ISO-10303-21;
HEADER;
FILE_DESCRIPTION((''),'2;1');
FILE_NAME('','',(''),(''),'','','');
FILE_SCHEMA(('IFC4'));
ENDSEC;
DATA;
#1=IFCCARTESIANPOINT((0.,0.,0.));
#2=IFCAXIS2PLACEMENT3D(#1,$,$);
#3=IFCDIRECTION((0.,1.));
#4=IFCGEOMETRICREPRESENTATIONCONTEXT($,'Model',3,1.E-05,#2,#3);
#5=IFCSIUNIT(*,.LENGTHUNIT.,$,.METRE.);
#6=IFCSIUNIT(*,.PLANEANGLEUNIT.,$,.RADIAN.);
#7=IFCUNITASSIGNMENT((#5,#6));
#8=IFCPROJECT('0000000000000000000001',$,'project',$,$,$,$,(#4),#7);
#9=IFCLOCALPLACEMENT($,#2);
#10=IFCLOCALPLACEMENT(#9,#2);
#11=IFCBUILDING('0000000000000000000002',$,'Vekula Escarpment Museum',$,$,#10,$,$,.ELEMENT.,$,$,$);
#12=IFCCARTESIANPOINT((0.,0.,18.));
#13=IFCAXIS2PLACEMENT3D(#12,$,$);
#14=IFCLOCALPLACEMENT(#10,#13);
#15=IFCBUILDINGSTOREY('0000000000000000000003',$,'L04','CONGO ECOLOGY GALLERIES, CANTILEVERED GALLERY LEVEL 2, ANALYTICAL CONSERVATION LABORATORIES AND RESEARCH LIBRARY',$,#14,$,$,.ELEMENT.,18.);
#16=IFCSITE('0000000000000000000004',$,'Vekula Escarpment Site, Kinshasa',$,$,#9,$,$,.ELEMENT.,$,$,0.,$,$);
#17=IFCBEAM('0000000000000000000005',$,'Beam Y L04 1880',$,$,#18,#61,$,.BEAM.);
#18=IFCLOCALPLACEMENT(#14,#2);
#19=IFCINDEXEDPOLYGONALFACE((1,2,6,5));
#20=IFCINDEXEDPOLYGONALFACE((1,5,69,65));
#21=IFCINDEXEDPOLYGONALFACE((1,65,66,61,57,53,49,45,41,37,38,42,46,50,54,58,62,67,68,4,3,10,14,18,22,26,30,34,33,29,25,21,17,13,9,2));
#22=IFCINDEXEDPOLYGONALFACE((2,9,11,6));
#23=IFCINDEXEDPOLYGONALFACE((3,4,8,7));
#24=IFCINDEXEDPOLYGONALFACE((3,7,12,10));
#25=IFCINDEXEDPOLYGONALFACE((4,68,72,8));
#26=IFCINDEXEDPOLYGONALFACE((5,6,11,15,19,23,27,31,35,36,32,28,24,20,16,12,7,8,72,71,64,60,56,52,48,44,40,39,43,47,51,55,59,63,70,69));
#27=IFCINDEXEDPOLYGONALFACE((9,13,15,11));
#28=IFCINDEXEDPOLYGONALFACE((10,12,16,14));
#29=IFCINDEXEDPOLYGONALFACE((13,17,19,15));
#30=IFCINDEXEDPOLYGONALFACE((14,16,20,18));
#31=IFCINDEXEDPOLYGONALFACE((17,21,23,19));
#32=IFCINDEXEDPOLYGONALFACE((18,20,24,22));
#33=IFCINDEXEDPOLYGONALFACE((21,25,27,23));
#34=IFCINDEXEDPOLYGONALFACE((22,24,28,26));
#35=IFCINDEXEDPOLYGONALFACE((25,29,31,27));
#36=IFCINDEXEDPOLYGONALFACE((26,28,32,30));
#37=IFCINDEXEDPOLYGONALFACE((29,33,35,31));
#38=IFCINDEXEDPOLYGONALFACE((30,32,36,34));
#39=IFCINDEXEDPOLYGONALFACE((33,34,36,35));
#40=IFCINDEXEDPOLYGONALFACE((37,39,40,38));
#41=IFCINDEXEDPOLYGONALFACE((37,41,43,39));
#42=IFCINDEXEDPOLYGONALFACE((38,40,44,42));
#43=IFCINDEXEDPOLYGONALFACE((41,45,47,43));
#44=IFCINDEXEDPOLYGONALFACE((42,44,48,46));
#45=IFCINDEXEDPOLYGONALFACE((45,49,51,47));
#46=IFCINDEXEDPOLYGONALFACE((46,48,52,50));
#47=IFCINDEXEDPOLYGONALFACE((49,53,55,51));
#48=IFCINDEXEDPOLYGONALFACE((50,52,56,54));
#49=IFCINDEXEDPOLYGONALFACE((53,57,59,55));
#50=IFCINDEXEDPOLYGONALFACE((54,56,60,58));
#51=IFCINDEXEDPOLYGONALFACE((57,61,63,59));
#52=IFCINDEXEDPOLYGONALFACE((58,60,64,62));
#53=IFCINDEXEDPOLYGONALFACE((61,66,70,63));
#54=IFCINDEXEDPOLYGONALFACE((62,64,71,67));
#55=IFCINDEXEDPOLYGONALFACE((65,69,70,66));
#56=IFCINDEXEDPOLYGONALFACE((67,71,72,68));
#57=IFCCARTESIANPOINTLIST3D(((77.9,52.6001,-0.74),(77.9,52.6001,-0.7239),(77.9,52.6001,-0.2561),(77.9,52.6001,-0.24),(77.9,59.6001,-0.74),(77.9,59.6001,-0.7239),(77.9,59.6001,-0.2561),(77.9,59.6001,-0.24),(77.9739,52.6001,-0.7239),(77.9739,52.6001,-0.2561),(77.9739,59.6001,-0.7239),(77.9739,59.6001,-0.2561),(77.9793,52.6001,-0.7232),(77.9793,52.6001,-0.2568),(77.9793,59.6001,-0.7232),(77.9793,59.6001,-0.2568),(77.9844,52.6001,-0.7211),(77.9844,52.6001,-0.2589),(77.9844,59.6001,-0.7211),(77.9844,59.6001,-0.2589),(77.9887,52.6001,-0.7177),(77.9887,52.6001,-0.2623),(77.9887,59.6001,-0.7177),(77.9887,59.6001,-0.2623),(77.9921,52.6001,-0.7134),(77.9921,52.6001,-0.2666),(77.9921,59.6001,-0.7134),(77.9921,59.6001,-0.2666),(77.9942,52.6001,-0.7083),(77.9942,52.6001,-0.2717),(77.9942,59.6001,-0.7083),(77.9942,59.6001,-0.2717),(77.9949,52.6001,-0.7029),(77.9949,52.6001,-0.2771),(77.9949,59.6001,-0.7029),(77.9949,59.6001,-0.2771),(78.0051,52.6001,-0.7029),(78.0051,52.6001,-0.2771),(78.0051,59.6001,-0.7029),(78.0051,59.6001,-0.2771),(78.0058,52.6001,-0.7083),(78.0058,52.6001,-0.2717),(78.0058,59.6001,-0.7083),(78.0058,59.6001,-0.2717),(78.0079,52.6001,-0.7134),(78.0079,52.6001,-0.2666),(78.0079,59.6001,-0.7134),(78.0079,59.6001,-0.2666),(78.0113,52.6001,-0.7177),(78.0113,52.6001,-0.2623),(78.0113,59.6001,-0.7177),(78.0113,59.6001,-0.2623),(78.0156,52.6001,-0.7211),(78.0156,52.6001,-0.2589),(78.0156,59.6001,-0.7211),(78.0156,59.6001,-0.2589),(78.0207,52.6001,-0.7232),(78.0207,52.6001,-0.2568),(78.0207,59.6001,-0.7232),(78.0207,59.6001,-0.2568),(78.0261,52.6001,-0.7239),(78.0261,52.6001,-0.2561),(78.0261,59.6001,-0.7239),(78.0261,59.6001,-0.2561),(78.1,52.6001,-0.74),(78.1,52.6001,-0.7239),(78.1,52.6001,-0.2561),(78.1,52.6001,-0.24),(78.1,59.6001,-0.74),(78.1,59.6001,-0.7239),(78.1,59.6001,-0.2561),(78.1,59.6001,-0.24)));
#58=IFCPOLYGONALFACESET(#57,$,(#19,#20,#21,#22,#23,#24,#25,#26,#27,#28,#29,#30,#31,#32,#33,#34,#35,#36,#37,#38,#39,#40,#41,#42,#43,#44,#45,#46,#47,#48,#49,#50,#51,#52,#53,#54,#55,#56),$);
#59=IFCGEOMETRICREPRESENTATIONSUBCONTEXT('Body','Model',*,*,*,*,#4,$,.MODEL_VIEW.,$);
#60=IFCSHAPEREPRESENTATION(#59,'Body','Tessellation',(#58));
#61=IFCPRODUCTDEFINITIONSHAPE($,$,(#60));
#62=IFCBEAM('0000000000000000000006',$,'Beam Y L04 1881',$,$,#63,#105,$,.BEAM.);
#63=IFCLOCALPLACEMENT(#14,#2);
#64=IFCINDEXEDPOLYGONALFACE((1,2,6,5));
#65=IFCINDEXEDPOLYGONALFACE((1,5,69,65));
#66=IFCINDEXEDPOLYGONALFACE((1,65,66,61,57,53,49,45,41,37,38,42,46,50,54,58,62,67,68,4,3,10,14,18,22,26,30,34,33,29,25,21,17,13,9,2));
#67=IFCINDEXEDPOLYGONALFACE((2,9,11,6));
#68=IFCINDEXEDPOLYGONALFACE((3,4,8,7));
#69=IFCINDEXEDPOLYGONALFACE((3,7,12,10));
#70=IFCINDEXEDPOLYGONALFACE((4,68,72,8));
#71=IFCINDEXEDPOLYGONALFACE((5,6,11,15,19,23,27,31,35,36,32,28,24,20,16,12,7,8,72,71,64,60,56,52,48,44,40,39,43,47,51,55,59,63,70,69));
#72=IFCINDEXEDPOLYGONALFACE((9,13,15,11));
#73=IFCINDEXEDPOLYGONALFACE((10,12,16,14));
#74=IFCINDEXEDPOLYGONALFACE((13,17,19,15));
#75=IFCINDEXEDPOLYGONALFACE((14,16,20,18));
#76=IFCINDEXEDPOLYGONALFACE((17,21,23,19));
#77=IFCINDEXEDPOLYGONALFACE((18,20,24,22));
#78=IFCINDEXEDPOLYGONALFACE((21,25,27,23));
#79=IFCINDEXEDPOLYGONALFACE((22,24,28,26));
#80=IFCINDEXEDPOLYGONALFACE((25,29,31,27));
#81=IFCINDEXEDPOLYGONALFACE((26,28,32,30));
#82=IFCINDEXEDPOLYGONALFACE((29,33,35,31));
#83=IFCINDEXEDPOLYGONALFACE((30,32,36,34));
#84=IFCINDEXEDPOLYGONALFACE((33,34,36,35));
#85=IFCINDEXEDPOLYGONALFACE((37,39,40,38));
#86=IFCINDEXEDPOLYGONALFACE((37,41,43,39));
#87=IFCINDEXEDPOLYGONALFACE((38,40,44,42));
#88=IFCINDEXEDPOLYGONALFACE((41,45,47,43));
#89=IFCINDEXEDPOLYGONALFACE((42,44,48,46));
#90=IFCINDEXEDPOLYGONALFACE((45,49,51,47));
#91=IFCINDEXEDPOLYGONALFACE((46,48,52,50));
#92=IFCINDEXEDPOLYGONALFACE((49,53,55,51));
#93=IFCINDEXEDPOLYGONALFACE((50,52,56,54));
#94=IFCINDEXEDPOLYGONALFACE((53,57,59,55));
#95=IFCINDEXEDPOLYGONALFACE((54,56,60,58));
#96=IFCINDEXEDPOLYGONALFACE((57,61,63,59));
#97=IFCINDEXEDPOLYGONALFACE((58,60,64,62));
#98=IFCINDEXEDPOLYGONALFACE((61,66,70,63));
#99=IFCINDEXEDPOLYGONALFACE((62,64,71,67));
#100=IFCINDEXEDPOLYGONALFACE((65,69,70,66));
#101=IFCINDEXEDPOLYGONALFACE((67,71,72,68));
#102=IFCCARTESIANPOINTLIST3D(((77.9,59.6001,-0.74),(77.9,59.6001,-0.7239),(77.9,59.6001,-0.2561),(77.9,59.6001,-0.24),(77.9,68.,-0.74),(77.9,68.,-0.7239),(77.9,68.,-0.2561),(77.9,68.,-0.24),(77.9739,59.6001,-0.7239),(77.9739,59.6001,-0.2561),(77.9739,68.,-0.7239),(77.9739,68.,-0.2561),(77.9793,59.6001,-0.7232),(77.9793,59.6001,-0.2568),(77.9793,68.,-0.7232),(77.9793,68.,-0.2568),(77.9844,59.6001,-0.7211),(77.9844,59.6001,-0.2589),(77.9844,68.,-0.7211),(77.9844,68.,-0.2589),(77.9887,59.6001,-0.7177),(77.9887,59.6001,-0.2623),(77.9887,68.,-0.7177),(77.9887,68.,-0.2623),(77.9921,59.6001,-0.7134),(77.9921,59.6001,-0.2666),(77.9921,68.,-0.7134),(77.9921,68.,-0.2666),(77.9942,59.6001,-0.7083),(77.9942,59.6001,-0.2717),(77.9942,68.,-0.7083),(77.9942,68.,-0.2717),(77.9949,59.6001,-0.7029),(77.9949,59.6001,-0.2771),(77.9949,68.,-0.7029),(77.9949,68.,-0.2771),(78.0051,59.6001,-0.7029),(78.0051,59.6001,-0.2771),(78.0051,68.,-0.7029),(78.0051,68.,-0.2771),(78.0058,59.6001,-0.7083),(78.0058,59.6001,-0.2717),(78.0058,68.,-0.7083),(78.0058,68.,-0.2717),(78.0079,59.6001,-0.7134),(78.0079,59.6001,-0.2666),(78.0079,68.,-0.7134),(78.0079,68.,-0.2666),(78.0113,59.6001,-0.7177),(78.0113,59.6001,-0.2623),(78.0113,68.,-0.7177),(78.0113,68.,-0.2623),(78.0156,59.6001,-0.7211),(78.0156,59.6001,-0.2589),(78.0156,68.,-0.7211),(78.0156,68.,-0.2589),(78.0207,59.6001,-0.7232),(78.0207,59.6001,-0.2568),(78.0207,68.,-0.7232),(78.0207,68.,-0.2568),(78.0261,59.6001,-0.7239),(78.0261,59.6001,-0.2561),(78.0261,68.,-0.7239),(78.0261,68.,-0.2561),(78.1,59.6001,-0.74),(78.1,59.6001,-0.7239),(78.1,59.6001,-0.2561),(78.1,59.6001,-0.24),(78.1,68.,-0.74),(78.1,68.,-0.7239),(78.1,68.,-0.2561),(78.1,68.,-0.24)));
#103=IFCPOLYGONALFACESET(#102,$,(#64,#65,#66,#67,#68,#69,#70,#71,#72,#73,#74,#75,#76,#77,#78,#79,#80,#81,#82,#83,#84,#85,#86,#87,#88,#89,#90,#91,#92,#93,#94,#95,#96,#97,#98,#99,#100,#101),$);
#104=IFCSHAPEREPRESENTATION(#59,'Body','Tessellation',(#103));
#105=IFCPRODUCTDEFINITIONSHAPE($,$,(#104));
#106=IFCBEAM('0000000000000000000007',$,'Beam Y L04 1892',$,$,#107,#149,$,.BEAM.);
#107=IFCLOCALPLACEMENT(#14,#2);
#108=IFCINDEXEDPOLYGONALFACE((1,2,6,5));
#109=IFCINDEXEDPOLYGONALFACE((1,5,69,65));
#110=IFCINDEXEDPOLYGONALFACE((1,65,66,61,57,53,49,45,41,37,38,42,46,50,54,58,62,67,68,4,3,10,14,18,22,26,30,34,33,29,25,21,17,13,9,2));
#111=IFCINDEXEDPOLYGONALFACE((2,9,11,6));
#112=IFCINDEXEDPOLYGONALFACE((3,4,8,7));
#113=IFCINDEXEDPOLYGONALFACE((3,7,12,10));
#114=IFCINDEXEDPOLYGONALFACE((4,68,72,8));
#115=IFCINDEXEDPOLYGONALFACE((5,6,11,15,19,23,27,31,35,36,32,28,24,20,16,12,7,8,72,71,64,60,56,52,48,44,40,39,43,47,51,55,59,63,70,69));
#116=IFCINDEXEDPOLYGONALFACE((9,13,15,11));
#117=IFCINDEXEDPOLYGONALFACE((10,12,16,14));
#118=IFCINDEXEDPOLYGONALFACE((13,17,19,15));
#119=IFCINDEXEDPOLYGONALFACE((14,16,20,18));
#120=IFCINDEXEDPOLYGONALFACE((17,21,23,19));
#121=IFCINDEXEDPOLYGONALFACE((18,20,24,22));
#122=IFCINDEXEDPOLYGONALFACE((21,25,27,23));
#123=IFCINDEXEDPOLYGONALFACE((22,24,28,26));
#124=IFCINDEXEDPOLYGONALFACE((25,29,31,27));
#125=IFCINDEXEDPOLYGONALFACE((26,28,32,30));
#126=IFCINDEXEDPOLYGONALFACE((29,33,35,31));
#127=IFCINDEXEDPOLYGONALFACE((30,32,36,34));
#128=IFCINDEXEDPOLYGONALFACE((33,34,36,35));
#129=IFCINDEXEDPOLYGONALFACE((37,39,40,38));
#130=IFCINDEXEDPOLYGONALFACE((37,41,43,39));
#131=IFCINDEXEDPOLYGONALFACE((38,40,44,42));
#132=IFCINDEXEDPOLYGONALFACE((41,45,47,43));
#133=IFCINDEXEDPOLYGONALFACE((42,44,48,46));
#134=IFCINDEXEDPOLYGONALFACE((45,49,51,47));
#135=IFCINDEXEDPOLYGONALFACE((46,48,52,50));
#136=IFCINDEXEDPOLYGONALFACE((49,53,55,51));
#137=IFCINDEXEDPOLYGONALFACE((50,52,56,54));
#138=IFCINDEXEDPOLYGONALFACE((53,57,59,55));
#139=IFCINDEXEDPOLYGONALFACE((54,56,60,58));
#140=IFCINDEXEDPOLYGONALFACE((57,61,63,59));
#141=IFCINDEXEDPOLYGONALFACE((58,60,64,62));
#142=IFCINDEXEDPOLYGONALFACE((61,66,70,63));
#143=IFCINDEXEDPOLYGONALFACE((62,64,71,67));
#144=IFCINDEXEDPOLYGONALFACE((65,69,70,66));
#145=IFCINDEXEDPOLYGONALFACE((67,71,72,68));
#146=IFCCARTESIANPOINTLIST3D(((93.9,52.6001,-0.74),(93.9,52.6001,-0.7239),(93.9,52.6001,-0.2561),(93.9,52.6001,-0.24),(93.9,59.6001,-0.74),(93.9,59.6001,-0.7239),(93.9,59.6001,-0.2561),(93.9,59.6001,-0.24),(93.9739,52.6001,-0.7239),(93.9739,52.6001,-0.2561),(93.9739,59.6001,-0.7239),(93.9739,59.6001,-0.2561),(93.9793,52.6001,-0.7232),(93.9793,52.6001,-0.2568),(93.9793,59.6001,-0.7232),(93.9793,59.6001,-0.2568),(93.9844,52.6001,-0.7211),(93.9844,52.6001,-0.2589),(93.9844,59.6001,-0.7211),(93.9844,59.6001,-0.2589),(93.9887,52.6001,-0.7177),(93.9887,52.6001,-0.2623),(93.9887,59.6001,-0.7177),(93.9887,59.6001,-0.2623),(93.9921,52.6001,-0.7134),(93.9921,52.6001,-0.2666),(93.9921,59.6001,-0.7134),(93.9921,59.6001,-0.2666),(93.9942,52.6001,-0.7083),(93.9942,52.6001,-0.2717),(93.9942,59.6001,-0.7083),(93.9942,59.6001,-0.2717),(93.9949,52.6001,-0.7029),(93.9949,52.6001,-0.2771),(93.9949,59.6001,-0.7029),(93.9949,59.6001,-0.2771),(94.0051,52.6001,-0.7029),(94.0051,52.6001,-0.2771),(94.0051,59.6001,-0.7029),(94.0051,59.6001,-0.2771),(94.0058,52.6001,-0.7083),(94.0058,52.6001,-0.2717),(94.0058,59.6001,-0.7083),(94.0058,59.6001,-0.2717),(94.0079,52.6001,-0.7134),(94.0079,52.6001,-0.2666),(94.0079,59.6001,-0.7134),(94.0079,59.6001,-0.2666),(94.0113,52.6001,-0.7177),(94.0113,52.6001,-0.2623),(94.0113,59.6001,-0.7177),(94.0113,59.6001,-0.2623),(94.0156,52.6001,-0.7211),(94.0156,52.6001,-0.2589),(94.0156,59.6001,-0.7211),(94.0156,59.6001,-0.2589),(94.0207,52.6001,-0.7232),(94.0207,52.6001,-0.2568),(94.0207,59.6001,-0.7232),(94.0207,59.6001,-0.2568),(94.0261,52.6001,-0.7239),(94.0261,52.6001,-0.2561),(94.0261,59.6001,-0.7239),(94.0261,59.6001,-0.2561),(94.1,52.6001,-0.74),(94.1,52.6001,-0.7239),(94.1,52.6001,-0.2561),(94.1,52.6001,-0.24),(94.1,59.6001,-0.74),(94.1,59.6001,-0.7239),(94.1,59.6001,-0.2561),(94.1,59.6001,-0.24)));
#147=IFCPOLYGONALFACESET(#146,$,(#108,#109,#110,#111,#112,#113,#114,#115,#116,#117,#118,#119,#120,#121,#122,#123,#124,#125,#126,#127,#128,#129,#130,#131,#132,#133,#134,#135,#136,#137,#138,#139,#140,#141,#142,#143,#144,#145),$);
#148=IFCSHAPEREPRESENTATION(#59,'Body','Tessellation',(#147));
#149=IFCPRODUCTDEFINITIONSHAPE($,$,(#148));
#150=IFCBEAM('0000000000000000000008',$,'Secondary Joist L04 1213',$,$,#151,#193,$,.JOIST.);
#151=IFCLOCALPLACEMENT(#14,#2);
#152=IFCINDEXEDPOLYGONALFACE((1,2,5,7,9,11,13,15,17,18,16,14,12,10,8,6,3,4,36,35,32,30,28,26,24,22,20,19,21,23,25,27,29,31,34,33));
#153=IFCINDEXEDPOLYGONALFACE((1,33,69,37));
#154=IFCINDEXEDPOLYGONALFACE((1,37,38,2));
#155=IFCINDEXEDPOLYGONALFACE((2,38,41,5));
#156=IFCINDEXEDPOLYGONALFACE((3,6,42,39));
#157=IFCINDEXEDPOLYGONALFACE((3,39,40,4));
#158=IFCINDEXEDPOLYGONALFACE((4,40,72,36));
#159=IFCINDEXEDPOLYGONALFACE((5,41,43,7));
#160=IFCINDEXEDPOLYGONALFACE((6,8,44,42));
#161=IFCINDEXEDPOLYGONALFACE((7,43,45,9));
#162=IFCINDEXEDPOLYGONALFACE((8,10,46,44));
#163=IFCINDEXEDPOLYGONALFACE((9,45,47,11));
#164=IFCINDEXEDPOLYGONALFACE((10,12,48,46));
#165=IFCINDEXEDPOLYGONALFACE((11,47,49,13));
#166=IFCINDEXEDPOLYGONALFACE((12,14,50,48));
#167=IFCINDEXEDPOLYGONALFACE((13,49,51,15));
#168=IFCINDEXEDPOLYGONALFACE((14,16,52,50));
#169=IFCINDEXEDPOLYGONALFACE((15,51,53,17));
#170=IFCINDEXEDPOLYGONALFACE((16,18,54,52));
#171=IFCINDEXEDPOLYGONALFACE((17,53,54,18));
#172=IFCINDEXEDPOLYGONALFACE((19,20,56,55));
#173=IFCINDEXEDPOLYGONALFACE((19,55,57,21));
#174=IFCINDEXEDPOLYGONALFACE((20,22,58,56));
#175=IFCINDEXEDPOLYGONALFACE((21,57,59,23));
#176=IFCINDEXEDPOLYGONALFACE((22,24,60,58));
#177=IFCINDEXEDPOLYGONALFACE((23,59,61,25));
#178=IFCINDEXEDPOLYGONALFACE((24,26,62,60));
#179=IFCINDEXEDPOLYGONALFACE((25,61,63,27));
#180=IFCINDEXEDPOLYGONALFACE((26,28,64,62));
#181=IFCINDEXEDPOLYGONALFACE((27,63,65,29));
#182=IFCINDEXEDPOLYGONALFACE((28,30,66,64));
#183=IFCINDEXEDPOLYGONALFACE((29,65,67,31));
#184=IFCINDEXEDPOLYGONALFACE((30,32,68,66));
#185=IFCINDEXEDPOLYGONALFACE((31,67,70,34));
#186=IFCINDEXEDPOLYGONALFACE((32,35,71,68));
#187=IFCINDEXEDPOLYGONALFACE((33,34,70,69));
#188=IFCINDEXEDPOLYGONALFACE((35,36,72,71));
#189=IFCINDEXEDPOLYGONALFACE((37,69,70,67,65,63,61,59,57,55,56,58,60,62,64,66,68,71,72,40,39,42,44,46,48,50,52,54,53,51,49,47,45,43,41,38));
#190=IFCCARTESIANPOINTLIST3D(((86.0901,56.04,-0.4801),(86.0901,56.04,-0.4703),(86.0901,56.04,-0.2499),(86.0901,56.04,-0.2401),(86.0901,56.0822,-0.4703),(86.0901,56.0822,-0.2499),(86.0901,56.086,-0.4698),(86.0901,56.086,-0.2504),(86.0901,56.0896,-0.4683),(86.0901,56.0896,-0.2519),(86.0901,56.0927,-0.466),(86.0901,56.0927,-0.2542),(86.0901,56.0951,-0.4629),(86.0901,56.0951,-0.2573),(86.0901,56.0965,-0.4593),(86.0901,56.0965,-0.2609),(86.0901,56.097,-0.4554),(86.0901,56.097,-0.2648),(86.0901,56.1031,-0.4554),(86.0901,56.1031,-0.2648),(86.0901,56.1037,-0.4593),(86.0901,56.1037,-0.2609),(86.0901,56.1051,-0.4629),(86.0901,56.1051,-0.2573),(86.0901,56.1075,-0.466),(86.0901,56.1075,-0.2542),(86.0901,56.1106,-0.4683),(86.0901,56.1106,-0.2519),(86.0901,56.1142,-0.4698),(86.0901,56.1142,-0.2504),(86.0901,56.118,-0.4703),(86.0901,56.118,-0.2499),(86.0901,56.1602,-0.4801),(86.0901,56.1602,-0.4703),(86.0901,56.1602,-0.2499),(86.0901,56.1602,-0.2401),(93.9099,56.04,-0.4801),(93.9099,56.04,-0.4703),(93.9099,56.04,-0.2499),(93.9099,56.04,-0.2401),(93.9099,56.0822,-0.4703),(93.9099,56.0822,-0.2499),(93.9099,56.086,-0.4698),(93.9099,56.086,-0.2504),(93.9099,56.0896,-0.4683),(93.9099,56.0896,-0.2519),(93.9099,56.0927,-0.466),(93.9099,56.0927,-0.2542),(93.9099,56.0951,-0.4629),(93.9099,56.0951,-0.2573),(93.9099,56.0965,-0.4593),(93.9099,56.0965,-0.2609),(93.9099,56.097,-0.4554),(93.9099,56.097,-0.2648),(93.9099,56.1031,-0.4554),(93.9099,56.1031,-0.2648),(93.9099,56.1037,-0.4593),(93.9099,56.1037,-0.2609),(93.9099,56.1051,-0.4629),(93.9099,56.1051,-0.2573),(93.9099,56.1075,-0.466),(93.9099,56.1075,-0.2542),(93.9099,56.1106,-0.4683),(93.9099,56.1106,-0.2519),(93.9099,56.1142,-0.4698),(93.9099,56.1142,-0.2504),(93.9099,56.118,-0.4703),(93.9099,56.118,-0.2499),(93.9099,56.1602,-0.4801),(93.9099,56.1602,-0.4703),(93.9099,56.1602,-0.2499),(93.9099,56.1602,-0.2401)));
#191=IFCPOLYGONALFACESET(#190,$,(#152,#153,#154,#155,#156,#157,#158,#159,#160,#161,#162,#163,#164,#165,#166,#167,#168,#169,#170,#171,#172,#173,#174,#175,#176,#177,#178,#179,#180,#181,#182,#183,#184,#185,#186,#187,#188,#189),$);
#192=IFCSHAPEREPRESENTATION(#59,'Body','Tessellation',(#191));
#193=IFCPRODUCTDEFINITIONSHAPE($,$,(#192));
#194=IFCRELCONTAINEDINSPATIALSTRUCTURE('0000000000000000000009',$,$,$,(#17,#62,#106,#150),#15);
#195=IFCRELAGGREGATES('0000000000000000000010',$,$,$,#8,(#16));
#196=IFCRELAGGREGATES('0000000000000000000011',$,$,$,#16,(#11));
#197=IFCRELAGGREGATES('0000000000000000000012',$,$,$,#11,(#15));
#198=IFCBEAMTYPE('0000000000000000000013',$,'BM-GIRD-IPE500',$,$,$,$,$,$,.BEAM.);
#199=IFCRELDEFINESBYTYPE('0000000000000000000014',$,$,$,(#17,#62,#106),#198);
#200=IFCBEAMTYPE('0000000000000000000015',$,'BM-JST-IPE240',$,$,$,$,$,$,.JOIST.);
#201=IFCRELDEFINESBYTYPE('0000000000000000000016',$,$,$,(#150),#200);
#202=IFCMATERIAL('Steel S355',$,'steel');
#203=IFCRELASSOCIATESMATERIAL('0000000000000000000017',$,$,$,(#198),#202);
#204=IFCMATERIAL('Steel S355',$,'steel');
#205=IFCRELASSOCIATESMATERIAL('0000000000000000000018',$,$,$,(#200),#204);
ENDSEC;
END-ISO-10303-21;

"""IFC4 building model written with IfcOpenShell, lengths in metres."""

from ifc_helpers import new_model, si_unit, direction, frame, origin, origin_2d, place, context, subcontext, project, spatial, i_section, extrude, material, material_profile, profile_set, type_object, element, save


model = new_model("IFC4")

# Units and contexts
model_context = context("Model", 3, precision=1e-05, world=origin(), true_north=direction((0.0, 1.0)))
body_context = subcontext(model_context, "Body", "Model", "MODEL_VIEW")
ifc_project = project(units=[si_unit("LENGTHUNIT", "METRE"), si_unit("PLANEANGLEUNIT", "RADIAN")], contexts=[model_context])

# Site, building, storey
site_placement = place(None, origin())
site = spatial("IfcSite", under=ifc_project, at=site_placement, Name="Vekula Escarpment Site, Kinshasa", CompositionType="ELEMENT", RefElevation=0.0)
building_placement = place(site_placement, origin())
building = spatial("IfcBuilding", under=site, at=building_placement, Name="Vekula Escarpment Museum", CompositionType="ELEMENT")
storey_placement = place(building_placement, frame((0.0, 0.0, 18.0)))
storey = spatial("IfcBuildingStorey", under=building, at=storey_placement, Name="L04", Description="CONGO ECOLOGY GALLERIES, CANTILEVERED GALLERY LEVEL 2, ANALYTICAL CONSERVATION LABORATORIES AND RESEARCH LIBRARY", CompositionType="ELEMENT", Elevation=18.0)

# Beams
ifc_material_1 = material(Name="Steel S355", Category="steel")
ifc_material_profile_1 = material_profile(ifc_material_1, i_section(OverallWidth=0.2, OverallDepth=0.5, WebThickness=0.0103, FlangeThickness=0.0161, FilletRadius=0.021, at=origin_2d()), Name="IPE 500")
ifc_profile_set_1 = profile_set([ifc_material_profile_1], Name="Steel S355")
beam_type_1 = type_object("IfcBeamType", Name="BM-GIRD-IPE500", PredefinedType="BEAM", material=ifc_profile_set_1)
beam_1_placement = place(storey_placement, frame((78.0, 52.6001, -0.49), z_axis=(0.0, 1.0, 0.0), x_axis=(-1.0, 0.0, 0.0)))
element("IfcBeam", 1, at=beam_1_placement, inside=storey, type_object=beam_type_1, Name="Beam Y L04 1880", PredefinedType="BEAM", context=body_context, shape_type="SweptSolid", body=[
    extrude(i_section(OverallWidth=0.2, OverallDepth=0.5, WebThickness=0.0103, FlangeThickness=0.0161, FilletRadius=0.021, at=origin_2d()), origin(), (0.0, 0.0, 1.0), 7.0),
])
beam_2_placement = place(storey_placement, frame((78.0, 59.6001, -0.49), z_axis=(0.0, 1.0, 0.0), x_axis=(-1.0, 0.0, 0.0)))
element("IfcBeam", 2, at=beam_2_placement, inside=storey, type_object=beam_type_1, Name="Beam Y L04 1881", PredefinedType="BEAM", context=body_context, shape_type="SweptSolid", body=[
    extrude(i_section(OverallWidth=0.2, OverallDepth=0.5, WebThickness=0.0103, FlangeThickness=0.0161, FilletRadius=0.021, at=origin_2d()), origin(), (0.0, 0.0, 1.0), 8.3999),
])
beam_3_placement = place(storey_placement, frame((94.0, 52.6001, -0.49), z_axis=(0.0, 1.0, 0.0), x_axis=(-1.0, 0.0, 0.0)))
element("IfcBeam", 3, at=beam_3_placement, inside=storey, type_object=beam_type_1, Name="Beam Y L04 1892", PredefinedType="BEAM", context=body_context, shape_type="SweptSolid", body=[
    extrude(i_section(OverallWidth=0.2, OverallDepth=0.5, WebThickness=0.0103, FlangeThickness=0.0161, FilletRadius=0.021, at=origin_2d()), origin(), (0.0, 0.0, 1.0), 7.0),
])
ifc_material_2 = material(Name="Steel S355", Category="steel")
ifc_material_profile_2 = material_profile(ifc_material_2, i_section(OverallWidth=0.1201, OverallDepth=0.24, WebThickness=0.0061, FlangeThickness=0.0098, FilletRadius=0.0149, at=origin_2d()), Name="IPE 240")
ifc_profile_set_2 = profile_set([ifc_material_profile_2], Name="Steel S355")
beam_type_2 = type_object("IfcBeamType", Name="BM-JST-IPE240", PredefinedType="JOIST", material=ifc_profile_set_2)
for number, where, z_axis, x_axis, name in (
    (4, (86.0901, 56.1001, -0.3601), (1.0, 0.0, 0.0), (0.0, 1.0, 0.0), "Secondary Joist L04 1213"),
):
    element("IfcBeam", number, at=place(storey_placement, frame(where, z_axis=z_axis, x_axis=x_axis)), inside=storey, type_object=beam_type_2, Name=name, PredefinedType="JOIST", context=body_context, shape_type="SweptSolid", body=[
        extrude(i_section(OverallWidth=0.1201, OverallDepth=0.24, WebThickness=0.0061, FlangeThickness=0.0098, FilletRadius=0.0149, at=origin_2d()), origin(), (0.0, 0.0, 1.0), 7.8198),
    ])

save(model, "model.ifc")
